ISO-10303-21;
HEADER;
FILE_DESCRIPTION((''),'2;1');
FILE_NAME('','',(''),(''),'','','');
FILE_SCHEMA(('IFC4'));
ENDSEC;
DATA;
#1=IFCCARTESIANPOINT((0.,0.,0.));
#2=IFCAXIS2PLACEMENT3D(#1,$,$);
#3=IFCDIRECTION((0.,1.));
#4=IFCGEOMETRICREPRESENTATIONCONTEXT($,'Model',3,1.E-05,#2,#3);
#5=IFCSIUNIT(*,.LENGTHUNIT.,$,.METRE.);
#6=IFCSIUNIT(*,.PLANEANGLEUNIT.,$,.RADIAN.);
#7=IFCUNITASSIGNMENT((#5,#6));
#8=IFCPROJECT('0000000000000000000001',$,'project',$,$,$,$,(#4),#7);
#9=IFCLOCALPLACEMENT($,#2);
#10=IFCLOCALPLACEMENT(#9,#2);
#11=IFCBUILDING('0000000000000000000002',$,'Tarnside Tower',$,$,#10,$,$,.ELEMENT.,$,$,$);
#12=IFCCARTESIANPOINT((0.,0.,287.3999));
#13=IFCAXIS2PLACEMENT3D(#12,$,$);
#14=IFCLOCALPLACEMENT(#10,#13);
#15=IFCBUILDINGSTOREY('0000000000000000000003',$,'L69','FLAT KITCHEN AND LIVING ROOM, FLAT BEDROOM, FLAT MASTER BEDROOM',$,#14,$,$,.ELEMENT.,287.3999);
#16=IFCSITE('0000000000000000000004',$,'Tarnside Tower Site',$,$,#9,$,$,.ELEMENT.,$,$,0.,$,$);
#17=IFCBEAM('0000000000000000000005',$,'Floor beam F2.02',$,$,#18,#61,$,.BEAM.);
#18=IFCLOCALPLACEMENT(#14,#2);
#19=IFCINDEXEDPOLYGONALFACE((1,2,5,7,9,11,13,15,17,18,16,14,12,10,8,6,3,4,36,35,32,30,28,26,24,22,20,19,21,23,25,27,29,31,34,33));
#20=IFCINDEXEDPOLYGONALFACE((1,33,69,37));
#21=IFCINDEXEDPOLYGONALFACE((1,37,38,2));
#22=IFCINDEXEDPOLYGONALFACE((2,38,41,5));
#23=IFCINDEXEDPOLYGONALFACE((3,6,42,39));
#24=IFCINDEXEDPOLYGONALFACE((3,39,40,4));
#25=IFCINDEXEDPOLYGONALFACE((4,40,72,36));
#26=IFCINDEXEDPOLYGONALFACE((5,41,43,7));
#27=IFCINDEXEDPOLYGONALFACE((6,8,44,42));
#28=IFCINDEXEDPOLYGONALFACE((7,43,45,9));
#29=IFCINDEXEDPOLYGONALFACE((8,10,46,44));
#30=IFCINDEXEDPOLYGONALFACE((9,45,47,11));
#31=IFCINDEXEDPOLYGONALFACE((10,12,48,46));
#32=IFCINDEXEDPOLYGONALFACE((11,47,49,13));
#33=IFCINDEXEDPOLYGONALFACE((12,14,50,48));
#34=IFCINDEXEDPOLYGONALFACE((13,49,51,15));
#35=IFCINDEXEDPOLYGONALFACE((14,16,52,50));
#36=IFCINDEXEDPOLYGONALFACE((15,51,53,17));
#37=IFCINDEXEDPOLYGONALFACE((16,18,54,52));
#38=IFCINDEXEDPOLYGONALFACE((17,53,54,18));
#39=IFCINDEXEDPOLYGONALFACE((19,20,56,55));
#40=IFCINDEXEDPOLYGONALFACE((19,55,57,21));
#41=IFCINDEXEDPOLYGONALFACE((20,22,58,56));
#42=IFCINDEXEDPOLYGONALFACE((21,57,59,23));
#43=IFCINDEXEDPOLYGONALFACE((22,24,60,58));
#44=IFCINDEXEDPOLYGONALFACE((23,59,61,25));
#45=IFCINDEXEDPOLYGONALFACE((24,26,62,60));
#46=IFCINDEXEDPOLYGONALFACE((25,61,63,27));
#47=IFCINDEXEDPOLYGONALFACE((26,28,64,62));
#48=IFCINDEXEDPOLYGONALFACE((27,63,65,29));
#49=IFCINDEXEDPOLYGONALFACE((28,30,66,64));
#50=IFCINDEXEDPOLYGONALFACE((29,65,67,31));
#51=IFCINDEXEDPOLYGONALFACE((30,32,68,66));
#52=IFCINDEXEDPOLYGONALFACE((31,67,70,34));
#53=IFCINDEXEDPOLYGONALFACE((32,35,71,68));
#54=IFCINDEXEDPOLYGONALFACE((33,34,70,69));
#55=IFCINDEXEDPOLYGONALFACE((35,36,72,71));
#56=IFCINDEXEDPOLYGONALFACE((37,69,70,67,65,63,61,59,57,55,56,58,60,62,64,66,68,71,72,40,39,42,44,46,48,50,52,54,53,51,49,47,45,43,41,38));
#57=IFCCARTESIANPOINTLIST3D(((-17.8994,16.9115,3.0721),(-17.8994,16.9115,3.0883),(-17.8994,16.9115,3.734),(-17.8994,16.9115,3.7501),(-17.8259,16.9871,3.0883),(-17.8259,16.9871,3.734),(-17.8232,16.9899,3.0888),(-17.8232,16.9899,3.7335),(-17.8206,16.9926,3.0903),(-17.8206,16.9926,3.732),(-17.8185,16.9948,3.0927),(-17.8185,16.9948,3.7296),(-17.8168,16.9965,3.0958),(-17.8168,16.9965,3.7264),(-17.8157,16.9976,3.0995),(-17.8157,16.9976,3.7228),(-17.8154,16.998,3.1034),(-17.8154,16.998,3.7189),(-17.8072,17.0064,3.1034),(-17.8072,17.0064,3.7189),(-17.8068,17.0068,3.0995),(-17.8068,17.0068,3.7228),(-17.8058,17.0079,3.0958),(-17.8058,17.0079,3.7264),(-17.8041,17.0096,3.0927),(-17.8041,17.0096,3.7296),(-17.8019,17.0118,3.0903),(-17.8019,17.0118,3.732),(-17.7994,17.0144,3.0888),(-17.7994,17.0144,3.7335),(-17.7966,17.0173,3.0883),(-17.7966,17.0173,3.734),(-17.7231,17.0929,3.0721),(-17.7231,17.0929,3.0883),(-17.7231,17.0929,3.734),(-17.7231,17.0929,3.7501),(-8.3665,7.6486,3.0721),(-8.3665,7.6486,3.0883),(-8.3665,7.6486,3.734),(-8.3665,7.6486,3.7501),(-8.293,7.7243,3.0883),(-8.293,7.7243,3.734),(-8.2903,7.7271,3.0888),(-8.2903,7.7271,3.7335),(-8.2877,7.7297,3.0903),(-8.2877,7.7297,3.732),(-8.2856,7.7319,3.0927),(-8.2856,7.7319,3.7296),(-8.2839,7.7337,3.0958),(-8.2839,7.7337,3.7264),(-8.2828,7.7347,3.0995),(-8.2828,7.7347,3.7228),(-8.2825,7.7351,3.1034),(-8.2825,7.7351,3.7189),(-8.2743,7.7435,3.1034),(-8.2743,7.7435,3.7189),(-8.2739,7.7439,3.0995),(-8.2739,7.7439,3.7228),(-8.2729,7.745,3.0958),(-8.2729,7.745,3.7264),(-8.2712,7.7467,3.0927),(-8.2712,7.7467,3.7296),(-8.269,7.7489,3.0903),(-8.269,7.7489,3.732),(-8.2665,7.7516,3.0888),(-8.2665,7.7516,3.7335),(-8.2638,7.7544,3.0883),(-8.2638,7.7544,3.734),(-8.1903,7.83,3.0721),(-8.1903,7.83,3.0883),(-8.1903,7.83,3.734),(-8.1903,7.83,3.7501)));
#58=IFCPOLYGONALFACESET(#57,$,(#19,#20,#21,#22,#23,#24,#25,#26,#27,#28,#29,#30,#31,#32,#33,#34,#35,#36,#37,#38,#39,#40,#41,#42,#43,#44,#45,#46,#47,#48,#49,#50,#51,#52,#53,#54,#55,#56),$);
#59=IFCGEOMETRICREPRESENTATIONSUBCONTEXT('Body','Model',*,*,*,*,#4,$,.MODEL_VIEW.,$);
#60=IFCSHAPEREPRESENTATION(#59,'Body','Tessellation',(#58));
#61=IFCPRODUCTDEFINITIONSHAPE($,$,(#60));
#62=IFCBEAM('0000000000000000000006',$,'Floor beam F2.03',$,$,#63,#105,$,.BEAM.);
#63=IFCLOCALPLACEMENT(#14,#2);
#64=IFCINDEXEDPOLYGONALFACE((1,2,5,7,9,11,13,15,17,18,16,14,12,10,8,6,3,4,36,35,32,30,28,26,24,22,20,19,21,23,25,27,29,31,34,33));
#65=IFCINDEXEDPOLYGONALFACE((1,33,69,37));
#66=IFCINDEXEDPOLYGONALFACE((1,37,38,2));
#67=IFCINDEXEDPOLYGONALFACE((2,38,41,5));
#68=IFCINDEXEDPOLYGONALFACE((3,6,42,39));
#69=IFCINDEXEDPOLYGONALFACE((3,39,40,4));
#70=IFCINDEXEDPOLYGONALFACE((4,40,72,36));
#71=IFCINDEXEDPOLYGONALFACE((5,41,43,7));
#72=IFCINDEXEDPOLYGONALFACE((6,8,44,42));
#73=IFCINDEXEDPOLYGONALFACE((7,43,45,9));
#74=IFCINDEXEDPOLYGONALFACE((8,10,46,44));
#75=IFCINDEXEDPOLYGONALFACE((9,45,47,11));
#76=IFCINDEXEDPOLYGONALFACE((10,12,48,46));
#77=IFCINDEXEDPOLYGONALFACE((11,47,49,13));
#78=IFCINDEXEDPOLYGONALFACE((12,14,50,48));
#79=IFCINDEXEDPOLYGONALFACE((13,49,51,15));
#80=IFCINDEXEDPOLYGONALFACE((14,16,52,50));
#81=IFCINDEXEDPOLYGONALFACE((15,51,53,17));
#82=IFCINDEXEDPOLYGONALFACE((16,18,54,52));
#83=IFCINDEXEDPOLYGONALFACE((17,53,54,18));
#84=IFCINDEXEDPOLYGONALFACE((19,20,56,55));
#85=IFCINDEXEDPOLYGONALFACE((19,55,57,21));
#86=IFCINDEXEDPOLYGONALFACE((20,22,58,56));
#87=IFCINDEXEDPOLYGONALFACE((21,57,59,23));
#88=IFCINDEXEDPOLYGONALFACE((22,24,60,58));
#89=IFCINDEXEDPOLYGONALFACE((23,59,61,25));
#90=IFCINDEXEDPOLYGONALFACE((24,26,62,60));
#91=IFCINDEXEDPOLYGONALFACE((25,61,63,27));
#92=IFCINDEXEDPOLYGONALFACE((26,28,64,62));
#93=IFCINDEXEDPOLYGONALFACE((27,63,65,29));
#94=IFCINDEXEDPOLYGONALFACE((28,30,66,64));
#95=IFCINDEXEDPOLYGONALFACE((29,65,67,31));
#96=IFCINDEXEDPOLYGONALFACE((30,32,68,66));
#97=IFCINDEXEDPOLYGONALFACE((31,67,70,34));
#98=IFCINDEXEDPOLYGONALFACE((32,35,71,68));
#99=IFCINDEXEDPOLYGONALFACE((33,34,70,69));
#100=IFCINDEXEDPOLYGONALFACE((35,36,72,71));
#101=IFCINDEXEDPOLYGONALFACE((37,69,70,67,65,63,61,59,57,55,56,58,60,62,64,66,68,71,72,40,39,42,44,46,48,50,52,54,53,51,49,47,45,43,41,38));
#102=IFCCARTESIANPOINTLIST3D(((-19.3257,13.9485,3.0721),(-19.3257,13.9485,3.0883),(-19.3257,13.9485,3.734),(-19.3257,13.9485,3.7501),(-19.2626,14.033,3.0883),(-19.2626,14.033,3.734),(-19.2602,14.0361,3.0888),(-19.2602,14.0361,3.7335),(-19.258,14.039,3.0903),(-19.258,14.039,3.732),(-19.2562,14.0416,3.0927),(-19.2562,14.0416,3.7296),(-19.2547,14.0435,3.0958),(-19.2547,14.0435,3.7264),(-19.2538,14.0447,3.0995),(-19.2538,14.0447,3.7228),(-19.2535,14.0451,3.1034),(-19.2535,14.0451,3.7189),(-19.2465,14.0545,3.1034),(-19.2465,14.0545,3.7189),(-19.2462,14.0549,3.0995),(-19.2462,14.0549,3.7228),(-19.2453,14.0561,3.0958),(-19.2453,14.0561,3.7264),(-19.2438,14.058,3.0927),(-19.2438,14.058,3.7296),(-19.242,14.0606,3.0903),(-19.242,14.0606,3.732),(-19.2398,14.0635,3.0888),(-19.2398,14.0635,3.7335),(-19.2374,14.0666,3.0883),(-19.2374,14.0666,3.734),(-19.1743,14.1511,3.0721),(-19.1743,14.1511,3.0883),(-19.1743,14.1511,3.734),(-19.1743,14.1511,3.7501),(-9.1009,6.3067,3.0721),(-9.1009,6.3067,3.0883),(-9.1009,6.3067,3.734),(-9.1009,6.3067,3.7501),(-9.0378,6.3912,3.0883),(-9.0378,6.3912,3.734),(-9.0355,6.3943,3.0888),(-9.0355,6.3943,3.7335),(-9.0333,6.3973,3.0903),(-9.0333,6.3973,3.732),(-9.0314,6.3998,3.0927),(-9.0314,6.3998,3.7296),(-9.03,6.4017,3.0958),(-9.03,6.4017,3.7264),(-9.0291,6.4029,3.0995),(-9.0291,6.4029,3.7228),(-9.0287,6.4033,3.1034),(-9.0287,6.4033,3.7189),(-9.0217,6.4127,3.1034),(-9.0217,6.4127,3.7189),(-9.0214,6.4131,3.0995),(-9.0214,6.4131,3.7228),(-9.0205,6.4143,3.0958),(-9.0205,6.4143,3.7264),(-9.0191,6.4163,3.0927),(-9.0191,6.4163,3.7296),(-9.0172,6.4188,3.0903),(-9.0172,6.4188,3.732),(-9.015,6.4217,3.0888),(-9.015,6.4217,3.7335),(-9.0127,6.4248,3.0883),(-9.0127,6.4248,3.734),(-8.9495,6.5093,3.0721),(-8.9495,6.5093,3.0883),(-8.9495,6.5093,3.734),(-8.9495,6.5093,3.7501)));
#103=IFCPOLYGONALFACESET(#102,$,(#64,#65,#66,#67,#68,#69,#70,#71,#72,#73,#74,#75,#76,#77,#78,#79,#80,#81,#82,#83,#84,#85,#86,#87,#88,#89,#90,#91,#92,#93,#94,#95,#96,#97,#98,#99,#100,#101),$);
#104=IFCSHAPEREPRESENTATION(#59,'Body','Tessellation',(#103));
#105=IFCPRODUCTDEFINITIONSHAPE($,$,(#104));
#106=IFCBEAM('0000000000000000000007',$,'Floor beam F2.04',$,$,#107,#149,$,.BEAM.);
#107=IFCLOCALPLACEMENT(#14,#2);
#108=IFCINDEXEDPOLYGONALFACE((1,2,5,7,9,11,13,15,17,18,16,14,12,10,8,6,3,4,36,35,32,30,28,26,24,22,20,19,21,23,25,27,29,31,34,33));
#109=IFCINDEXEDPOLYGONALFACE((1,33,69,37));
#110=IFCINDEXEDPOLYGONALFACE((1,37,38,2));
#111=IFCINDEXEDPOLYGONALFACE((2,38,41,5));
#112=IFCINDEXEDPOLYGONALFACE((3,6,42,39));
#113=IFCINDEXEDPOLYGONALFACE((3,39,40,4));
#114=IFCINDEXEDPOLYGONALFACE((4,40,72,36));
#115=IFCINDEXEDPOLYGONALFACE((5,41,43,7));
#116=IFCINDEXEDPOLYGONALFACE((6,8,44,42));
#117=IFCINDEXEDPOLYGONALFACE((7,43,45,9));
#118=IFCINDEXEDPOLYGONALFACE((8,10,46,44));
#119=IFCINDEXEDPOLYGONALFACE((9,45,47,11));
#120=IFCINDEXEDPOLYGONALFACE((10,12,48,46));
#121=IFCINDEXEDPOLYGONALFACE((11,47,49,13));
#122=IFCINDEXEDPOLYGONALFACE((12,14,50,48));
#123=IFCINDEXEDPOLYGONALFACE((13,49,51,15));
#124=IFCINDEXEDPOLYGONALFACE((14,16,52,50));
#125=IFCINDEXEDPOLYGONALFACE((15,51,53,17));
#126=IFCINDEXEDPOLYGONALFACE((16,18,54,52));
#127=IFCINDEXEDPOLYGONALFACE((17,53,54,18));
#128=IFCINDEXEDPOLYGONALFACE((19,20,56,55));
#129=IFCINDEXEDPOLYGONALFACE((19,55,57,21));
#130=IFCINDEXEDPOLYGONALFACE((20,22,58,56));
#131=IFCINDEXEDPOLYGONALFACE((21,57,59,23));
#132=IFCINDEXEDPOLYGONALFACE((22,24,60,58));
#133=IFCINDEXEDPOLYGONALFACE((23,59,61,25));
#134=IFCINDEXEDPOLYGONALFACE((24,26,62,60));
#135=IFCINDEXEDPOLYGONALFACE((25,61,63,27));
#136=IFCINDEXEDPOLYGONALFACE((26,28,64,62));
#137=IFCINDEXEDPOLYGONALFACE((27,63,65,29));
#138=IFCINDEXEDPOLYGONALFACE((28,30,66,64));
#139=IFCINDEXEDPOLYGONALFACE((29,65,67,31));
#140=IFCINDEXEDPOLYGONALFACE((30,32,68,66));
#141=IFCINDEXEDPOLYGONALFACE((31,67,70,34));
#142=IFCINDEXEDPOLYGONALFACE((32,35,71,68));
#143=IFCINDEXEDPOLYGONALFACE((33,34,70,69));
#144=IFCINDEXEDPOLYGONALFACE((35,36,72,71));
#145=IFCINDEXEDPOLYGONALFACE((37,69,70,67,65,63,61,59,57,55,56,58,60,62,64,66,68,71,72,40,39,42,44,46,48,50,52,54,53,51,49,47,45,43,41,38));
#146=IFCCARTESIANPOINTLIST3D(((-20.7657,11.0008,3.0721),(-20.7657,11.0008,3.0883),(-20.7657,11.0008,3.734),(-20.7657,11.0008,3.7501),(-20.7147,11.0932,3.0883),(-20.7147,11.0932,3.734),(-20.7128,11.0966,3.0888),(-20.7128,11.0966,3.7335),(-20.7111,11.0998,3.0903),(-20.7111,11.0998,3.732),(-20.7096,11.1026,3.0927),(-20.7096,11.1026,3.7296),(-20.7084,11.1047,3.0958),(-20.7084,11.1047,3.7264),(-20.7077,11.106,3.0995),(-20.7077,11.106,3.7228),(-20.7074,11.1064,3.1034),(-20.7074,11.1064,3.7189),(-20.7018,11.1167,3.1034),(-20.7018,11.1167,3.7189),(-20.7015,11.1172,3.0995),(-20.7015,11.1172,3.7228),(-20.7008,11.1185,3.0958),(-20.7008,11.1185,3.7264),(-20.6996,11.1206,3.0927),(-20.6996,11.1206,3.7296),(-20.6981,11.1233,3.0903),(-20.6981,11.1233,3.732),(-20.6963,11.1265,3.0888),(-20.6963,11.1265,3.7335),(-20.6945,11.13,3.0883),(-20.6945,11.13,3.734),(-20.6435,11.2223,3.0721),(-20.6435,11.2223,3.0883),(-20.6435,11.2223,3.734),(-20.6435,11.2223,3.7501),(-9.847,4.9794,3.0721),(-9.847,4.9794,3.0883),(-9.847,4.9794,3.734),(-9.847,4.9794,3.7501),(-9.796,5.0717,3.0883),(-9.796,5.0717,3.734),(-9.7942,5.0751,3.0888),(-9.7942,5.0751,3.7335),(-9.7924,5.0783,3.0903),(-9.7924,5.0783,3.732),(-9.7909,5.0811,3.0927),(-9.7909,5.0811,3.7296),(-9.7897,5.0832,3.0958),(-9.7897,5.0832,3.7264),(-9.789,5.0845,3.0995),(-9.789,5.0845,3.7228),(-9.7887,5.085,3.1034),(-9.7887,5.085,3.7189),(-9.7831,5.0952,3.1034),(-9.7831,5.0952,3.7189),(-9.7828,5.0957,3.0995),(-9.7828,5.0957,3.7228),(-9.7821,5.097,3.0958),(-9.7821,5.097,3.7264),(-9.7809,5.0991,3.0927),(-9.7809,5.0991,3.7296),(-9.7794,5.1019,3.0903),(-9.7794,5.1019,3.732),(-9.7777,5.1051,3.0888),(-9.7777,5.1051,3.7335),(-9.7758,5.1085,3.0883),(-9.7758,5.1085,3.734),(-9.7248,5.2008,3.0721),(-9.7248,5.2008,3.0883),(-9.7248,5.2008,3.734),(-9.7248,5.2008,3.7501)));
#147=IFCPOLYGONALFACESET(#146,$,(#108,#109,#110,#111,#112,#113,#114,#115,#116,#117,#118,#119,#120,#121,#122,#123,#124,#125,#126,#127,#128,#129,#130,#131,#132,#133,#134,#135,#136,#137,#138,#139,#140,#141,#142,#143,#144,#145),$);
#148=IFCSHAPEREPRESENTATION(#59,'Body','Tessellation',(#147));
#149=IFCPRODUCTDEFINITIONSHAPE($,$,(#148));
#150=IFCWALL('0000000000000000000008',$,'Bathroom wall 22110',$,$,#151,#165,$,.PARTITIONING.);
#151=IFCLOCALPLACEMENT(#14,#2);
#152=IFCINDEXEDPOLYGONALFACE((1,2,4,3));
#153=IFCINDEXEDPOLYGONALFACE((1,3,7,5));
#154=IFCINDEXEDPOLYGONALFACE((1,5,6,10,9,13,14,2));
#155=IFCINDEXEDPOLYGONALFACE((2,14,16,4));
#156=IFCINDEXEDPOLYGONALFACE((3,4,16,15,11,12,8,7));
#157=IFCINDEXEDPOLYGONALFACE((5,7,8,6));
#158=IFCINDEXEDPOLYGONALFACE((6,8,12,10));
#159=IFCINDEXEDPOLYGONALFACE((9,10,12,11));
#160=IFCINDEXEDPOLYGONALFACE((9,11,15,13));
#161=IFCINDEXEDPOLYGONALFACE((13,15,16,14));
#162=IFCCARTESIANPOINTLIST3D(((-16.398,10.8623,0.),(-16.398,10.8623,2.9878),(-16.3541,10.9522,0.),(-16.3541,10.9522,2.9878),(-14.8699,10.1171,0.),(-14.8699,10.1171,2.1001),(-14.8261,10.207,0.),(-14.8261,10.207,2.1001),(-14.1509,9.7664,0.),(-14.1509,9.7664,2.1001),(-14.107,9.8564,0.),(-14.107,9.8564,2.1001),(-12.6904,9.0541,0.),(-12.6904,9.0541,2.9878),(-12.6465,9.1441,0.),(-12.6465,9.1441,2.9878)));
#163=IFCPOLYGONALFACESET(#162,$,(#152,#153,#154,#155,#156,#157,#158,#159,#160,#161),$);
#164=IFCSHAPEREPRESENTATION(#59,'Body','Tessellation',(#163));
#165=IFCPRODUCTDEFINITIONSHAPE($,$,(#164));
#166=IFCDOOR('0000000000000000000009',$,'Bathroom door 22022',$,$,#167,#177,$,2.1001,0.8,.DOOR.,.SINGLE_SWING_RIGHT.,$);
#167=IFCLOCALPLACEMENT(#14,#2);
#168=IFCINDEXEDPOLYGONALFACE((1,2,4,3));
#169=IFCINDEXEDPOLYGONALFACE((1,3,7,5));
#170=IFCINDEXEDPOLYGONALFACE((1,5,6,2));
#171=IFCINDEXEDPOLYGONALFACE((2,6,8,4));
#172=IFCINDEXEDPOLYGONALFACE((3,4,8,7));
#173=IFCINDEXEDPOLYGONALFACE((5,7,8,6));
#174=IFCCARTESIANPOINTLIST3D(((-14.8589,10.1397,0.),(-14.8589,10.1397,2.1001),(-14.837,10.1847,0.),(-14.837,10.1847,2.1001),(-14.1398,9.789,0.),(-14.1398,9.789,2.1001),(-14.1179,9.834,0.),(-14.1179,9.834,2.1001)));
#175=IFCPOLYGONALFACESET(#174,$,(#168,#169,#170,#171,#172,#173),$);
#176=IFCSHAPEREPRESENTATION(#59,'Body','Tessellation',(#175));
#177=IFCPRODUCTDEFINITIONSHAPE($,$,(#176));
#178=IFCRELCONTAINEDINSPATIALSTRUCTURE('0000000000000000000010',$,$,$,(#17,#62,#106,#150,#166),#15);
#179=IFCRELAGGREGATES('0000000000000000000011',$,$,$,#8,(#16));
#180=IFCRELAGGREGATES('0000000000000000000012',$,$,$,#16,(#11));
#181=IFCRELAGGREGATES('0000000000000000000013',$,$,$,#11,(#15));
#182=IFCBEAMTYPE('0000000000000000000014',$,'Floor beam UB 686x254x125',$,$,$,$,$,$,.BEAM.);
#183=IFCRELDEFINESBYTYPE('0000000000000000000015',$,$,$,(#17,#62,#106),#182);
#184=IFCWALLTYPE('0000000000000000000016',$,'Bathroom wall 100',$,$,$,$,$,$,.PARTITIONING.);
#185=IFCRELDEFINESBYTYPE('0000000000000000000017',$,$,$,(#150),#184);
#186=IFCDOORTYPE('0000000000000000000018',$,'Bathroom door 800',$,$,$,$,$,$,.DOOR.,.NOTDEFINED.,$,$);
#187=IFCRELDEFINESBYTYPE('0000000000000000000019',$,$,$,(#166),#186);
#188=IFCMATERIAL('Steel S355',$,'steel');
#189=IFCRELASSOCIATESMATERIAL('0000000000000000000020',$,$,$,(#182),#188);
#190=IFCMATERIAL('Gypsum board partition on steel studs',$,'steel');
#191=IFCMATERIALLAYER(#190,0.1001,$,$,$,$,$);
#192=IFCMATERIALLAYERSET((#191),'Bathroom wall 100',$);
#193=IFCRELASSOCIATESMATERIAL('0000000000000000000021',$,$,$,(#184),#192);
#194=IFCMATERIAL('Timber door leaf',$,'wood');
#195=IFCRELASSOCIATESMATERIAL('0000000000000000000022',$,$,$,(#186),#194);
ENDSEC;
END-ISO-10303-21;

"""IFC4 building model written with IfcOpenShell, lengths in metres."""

from ifc_helpers import new_model, si_unit, direction, frame, frame_2d, origin, origin_2d, place, context, subcontext, project, spatial, rectangle, i_section, extrude, material, layer, layer_set, material_profile, profile_set, type_object, element, fill, save


model = new_model("IFC4")

# Units and contexts
model_context = context("Model", 3, precision=1e-05, world=origin(), true_north=direction((0.0, 1.0)))
body_context = subcontext(model_context, "Body", "Model", "MODEL_VIEW")
ifc_project = project(units=[si_unit("LENGTHUNIT", "METRE"), si_unit("PLANEANGLEUNIT", "RADIAN")], contexts=[model_context])

# Site, building, storey
site_placement = place(None, origin())
site = spatial("IfcSite", under=ifc_project, at=site_placement, Name="Tarnside Tower Site", CompositionType="ELEMENT", RefElevation=0.0)
building_placement = place(site_placement, origin())
building = spatial("IfcBuilding", under=site, at=building_placement, Name="Tarnside Tower", CompositionType="ELEMENT")
storey_placement = place(building_placement, frame((0.0, 0.0, 287.3999)))
storey = spatial("IfcBuildingStorey", under=building, at=storey_placement, Name="L69", Description="FLAT KITCHEN AND LIVING ROOM, FLAT BEDROOM, FLAT MASTER BEDROOM", CompositionType="ELEMENT", Elevation=287.3999)

# Beams
ifc_material_1 = material(Name="Steel S355", Category="steel")
ifc_material_profile = material_profile(ifc_material_1, i_section(OverallWidth=0.2529, OverallDepth=0.678, WebThickness=0.0117, FlangeThickness=0.0161, FilletRadius=0.0151, at=origin_2d()), Name="UB 686x254x125")
ifc_profile_set = profile_set([ifc_material_profile], Name="Steel S355")
beam_type = type_object("IfcBeamType", Name="Floor beam UB 686x254x125", PredefinedType="BEAM", material=ifc_profile_set)
beam_1_placement = place(storey_placement, frame((-17.8113, 17.0022, 3.4111), z_axis=(0.717191, -0.696877, 0.0), x_axis=(0.696877, 0.717191, 0.0)))
element("IfcBeam", 1, at=beam_1_placement, inside=storey, type_object=beam_type, Name="Floor beam F2.02", PredefinedType="BEAM", context=body_context, shape_type="SweptSolid", body=[
    extrude(i_section(OverallWidth=0.2529, OverallDepth=0.678, WebThickness=0.0117, FlangeThickness=0.0161, FilletRadius=0.0151, at=origin_2d()), origin(), (0.0, 0.0, 1.0), 13.292),
])
beam_2_placement = place(storey_placement, frame((-19.25, 14.0498, 3.4111), z_axis=(0.801006, -0.598656, 0.0), x_axis=(0.598656, 0.801006, 0.0)))
element("IfcBeam", 2, at=beam_2_placement, inside=storey, type_object=beam_type, Name="Floor beam F2.03", PredefinedType="BEAM", context=body_context, shape_type="SweptSolid", body=[
    extrude(i_section(OverallWidth=0.2529, OverallDepth=0.678, WebThickness=0.0117, FlangeThickness=0.0161, FilletRadius=0.0151, at=origin_2d()), origin(), (0.0, 0.0, 1.0), 12.7649),
])
beam_3_placement = place(storey_placement, frame((-20.7046, 11.1116, 3.4111), z_axis=(0.875667, -0.482916, 0.0), x_axis=(0.482916, 0.875667, 0.0)))
element("IfcBeam", 3, at=beam_3_placement, inside=storey, type_object=beam_type, Name="Floor beam F2.04", PredefinedType="BEAM", context=body_context, shape_type="SweptSolid", body=[
    extrude(i_section(OverallWidth=0.2529, OverallDepth=0.678, WebThickness=0.0117, FlangeThickness=0.0161, FilletRadius=0.0151, at=origin_2d()), origin(), (0.0, 0.0, 1.0), 12.469),
])

# Wall, opening, door
ifc_material_2 = material(Name="Gypsum board partition on steel studs", Category="steel")
ifc_layer_1 = layer(ifc_material_2, 0.1001)
ifc_layer_set_1 = layer_set([ifc_layer_1], Name="Bathroom wall 100")
wall_type_1 = type_object("IfcWallType", Name="Bathroom wall 100", PredefinedType="PARTITIONING", material=ifc_layer_set_1)
wall_1_placement = place(storey_placement, frame((-12.6685, 9.0991, 0.0), z_axis=(0.0, 0.0, 1.0), x_axis=(-0.898811, 0.438337, 0.0)))
wall_1 = element("IfcWall", 4, at=wall_1_placement, inside=storey, type_object=wall_type_1, Name="Bathroom wall 22110", PredefinedType="PARTITIONING", context=body_context, shape_type="SweptSolid", body=[
    extrude(rectangle(XDim=4.125, YDim=0.1001, at=frame_2d((2.0625, 0.0))), origin(), (0.0, 0.0, 1.0), 2.9878),
])
opening_1_placement = place(wall_1_placement, frame((1.625, 0.0, 0.0)))
opening_1 = element("IfcOpeningElement", 5, at=opening_1_placement, cuts=wall_1, PredefinedType="OPENING", context=body_context, shape_type="SweptSolid", body=[
    extrude(rectangle(XDim=0.8, YDim=2.1001, at=frame_2d((0.3999, 1.05))), frame((0.0, 0.0601, 0.0), z_axis=(0.0, -1.0, 0.0), x_axis=(1.0, 0.0, 0.0)), (0.0, 0.0, 1.0), 0.1201),
])
ifc_material_3 = material(Name="Timber door leaf", Category="wood")
door_type_1 = type_object("IfcDoorType", Name="Bathroom door 800", OperationType="NOTDEFINED", PredefinedType="DOOR", material=ifc_material_3)
door_1_placement = place(opening_1_placement, origin())
door_1 = element("IfcDoor", 6, at=door_1_placement, inside=storey, type_object=door_type_1, Name="Bathroom door 22022", OperationType="SINGLE_SWING_RIGHT", OverallHeight=2.1001, OverallWidth=0.8, PredefinedType="DOOR", context=body_context, shape_type="SweptSolid", body=[
    extrude(rectangle(XDim=0.8, YDim=2.1001, at=frame_2d((0.3999, 1.05))), frame((0.0, 0.0249, 0.0), z_axis=(0.0, -1.0, 0.0), x_axis=(1.0, 0.0, 0.0)), (0.0, 0.0, 1.0), 0.05),
])
fill(opening_1, door_1)

save(model, "model.ifc")
